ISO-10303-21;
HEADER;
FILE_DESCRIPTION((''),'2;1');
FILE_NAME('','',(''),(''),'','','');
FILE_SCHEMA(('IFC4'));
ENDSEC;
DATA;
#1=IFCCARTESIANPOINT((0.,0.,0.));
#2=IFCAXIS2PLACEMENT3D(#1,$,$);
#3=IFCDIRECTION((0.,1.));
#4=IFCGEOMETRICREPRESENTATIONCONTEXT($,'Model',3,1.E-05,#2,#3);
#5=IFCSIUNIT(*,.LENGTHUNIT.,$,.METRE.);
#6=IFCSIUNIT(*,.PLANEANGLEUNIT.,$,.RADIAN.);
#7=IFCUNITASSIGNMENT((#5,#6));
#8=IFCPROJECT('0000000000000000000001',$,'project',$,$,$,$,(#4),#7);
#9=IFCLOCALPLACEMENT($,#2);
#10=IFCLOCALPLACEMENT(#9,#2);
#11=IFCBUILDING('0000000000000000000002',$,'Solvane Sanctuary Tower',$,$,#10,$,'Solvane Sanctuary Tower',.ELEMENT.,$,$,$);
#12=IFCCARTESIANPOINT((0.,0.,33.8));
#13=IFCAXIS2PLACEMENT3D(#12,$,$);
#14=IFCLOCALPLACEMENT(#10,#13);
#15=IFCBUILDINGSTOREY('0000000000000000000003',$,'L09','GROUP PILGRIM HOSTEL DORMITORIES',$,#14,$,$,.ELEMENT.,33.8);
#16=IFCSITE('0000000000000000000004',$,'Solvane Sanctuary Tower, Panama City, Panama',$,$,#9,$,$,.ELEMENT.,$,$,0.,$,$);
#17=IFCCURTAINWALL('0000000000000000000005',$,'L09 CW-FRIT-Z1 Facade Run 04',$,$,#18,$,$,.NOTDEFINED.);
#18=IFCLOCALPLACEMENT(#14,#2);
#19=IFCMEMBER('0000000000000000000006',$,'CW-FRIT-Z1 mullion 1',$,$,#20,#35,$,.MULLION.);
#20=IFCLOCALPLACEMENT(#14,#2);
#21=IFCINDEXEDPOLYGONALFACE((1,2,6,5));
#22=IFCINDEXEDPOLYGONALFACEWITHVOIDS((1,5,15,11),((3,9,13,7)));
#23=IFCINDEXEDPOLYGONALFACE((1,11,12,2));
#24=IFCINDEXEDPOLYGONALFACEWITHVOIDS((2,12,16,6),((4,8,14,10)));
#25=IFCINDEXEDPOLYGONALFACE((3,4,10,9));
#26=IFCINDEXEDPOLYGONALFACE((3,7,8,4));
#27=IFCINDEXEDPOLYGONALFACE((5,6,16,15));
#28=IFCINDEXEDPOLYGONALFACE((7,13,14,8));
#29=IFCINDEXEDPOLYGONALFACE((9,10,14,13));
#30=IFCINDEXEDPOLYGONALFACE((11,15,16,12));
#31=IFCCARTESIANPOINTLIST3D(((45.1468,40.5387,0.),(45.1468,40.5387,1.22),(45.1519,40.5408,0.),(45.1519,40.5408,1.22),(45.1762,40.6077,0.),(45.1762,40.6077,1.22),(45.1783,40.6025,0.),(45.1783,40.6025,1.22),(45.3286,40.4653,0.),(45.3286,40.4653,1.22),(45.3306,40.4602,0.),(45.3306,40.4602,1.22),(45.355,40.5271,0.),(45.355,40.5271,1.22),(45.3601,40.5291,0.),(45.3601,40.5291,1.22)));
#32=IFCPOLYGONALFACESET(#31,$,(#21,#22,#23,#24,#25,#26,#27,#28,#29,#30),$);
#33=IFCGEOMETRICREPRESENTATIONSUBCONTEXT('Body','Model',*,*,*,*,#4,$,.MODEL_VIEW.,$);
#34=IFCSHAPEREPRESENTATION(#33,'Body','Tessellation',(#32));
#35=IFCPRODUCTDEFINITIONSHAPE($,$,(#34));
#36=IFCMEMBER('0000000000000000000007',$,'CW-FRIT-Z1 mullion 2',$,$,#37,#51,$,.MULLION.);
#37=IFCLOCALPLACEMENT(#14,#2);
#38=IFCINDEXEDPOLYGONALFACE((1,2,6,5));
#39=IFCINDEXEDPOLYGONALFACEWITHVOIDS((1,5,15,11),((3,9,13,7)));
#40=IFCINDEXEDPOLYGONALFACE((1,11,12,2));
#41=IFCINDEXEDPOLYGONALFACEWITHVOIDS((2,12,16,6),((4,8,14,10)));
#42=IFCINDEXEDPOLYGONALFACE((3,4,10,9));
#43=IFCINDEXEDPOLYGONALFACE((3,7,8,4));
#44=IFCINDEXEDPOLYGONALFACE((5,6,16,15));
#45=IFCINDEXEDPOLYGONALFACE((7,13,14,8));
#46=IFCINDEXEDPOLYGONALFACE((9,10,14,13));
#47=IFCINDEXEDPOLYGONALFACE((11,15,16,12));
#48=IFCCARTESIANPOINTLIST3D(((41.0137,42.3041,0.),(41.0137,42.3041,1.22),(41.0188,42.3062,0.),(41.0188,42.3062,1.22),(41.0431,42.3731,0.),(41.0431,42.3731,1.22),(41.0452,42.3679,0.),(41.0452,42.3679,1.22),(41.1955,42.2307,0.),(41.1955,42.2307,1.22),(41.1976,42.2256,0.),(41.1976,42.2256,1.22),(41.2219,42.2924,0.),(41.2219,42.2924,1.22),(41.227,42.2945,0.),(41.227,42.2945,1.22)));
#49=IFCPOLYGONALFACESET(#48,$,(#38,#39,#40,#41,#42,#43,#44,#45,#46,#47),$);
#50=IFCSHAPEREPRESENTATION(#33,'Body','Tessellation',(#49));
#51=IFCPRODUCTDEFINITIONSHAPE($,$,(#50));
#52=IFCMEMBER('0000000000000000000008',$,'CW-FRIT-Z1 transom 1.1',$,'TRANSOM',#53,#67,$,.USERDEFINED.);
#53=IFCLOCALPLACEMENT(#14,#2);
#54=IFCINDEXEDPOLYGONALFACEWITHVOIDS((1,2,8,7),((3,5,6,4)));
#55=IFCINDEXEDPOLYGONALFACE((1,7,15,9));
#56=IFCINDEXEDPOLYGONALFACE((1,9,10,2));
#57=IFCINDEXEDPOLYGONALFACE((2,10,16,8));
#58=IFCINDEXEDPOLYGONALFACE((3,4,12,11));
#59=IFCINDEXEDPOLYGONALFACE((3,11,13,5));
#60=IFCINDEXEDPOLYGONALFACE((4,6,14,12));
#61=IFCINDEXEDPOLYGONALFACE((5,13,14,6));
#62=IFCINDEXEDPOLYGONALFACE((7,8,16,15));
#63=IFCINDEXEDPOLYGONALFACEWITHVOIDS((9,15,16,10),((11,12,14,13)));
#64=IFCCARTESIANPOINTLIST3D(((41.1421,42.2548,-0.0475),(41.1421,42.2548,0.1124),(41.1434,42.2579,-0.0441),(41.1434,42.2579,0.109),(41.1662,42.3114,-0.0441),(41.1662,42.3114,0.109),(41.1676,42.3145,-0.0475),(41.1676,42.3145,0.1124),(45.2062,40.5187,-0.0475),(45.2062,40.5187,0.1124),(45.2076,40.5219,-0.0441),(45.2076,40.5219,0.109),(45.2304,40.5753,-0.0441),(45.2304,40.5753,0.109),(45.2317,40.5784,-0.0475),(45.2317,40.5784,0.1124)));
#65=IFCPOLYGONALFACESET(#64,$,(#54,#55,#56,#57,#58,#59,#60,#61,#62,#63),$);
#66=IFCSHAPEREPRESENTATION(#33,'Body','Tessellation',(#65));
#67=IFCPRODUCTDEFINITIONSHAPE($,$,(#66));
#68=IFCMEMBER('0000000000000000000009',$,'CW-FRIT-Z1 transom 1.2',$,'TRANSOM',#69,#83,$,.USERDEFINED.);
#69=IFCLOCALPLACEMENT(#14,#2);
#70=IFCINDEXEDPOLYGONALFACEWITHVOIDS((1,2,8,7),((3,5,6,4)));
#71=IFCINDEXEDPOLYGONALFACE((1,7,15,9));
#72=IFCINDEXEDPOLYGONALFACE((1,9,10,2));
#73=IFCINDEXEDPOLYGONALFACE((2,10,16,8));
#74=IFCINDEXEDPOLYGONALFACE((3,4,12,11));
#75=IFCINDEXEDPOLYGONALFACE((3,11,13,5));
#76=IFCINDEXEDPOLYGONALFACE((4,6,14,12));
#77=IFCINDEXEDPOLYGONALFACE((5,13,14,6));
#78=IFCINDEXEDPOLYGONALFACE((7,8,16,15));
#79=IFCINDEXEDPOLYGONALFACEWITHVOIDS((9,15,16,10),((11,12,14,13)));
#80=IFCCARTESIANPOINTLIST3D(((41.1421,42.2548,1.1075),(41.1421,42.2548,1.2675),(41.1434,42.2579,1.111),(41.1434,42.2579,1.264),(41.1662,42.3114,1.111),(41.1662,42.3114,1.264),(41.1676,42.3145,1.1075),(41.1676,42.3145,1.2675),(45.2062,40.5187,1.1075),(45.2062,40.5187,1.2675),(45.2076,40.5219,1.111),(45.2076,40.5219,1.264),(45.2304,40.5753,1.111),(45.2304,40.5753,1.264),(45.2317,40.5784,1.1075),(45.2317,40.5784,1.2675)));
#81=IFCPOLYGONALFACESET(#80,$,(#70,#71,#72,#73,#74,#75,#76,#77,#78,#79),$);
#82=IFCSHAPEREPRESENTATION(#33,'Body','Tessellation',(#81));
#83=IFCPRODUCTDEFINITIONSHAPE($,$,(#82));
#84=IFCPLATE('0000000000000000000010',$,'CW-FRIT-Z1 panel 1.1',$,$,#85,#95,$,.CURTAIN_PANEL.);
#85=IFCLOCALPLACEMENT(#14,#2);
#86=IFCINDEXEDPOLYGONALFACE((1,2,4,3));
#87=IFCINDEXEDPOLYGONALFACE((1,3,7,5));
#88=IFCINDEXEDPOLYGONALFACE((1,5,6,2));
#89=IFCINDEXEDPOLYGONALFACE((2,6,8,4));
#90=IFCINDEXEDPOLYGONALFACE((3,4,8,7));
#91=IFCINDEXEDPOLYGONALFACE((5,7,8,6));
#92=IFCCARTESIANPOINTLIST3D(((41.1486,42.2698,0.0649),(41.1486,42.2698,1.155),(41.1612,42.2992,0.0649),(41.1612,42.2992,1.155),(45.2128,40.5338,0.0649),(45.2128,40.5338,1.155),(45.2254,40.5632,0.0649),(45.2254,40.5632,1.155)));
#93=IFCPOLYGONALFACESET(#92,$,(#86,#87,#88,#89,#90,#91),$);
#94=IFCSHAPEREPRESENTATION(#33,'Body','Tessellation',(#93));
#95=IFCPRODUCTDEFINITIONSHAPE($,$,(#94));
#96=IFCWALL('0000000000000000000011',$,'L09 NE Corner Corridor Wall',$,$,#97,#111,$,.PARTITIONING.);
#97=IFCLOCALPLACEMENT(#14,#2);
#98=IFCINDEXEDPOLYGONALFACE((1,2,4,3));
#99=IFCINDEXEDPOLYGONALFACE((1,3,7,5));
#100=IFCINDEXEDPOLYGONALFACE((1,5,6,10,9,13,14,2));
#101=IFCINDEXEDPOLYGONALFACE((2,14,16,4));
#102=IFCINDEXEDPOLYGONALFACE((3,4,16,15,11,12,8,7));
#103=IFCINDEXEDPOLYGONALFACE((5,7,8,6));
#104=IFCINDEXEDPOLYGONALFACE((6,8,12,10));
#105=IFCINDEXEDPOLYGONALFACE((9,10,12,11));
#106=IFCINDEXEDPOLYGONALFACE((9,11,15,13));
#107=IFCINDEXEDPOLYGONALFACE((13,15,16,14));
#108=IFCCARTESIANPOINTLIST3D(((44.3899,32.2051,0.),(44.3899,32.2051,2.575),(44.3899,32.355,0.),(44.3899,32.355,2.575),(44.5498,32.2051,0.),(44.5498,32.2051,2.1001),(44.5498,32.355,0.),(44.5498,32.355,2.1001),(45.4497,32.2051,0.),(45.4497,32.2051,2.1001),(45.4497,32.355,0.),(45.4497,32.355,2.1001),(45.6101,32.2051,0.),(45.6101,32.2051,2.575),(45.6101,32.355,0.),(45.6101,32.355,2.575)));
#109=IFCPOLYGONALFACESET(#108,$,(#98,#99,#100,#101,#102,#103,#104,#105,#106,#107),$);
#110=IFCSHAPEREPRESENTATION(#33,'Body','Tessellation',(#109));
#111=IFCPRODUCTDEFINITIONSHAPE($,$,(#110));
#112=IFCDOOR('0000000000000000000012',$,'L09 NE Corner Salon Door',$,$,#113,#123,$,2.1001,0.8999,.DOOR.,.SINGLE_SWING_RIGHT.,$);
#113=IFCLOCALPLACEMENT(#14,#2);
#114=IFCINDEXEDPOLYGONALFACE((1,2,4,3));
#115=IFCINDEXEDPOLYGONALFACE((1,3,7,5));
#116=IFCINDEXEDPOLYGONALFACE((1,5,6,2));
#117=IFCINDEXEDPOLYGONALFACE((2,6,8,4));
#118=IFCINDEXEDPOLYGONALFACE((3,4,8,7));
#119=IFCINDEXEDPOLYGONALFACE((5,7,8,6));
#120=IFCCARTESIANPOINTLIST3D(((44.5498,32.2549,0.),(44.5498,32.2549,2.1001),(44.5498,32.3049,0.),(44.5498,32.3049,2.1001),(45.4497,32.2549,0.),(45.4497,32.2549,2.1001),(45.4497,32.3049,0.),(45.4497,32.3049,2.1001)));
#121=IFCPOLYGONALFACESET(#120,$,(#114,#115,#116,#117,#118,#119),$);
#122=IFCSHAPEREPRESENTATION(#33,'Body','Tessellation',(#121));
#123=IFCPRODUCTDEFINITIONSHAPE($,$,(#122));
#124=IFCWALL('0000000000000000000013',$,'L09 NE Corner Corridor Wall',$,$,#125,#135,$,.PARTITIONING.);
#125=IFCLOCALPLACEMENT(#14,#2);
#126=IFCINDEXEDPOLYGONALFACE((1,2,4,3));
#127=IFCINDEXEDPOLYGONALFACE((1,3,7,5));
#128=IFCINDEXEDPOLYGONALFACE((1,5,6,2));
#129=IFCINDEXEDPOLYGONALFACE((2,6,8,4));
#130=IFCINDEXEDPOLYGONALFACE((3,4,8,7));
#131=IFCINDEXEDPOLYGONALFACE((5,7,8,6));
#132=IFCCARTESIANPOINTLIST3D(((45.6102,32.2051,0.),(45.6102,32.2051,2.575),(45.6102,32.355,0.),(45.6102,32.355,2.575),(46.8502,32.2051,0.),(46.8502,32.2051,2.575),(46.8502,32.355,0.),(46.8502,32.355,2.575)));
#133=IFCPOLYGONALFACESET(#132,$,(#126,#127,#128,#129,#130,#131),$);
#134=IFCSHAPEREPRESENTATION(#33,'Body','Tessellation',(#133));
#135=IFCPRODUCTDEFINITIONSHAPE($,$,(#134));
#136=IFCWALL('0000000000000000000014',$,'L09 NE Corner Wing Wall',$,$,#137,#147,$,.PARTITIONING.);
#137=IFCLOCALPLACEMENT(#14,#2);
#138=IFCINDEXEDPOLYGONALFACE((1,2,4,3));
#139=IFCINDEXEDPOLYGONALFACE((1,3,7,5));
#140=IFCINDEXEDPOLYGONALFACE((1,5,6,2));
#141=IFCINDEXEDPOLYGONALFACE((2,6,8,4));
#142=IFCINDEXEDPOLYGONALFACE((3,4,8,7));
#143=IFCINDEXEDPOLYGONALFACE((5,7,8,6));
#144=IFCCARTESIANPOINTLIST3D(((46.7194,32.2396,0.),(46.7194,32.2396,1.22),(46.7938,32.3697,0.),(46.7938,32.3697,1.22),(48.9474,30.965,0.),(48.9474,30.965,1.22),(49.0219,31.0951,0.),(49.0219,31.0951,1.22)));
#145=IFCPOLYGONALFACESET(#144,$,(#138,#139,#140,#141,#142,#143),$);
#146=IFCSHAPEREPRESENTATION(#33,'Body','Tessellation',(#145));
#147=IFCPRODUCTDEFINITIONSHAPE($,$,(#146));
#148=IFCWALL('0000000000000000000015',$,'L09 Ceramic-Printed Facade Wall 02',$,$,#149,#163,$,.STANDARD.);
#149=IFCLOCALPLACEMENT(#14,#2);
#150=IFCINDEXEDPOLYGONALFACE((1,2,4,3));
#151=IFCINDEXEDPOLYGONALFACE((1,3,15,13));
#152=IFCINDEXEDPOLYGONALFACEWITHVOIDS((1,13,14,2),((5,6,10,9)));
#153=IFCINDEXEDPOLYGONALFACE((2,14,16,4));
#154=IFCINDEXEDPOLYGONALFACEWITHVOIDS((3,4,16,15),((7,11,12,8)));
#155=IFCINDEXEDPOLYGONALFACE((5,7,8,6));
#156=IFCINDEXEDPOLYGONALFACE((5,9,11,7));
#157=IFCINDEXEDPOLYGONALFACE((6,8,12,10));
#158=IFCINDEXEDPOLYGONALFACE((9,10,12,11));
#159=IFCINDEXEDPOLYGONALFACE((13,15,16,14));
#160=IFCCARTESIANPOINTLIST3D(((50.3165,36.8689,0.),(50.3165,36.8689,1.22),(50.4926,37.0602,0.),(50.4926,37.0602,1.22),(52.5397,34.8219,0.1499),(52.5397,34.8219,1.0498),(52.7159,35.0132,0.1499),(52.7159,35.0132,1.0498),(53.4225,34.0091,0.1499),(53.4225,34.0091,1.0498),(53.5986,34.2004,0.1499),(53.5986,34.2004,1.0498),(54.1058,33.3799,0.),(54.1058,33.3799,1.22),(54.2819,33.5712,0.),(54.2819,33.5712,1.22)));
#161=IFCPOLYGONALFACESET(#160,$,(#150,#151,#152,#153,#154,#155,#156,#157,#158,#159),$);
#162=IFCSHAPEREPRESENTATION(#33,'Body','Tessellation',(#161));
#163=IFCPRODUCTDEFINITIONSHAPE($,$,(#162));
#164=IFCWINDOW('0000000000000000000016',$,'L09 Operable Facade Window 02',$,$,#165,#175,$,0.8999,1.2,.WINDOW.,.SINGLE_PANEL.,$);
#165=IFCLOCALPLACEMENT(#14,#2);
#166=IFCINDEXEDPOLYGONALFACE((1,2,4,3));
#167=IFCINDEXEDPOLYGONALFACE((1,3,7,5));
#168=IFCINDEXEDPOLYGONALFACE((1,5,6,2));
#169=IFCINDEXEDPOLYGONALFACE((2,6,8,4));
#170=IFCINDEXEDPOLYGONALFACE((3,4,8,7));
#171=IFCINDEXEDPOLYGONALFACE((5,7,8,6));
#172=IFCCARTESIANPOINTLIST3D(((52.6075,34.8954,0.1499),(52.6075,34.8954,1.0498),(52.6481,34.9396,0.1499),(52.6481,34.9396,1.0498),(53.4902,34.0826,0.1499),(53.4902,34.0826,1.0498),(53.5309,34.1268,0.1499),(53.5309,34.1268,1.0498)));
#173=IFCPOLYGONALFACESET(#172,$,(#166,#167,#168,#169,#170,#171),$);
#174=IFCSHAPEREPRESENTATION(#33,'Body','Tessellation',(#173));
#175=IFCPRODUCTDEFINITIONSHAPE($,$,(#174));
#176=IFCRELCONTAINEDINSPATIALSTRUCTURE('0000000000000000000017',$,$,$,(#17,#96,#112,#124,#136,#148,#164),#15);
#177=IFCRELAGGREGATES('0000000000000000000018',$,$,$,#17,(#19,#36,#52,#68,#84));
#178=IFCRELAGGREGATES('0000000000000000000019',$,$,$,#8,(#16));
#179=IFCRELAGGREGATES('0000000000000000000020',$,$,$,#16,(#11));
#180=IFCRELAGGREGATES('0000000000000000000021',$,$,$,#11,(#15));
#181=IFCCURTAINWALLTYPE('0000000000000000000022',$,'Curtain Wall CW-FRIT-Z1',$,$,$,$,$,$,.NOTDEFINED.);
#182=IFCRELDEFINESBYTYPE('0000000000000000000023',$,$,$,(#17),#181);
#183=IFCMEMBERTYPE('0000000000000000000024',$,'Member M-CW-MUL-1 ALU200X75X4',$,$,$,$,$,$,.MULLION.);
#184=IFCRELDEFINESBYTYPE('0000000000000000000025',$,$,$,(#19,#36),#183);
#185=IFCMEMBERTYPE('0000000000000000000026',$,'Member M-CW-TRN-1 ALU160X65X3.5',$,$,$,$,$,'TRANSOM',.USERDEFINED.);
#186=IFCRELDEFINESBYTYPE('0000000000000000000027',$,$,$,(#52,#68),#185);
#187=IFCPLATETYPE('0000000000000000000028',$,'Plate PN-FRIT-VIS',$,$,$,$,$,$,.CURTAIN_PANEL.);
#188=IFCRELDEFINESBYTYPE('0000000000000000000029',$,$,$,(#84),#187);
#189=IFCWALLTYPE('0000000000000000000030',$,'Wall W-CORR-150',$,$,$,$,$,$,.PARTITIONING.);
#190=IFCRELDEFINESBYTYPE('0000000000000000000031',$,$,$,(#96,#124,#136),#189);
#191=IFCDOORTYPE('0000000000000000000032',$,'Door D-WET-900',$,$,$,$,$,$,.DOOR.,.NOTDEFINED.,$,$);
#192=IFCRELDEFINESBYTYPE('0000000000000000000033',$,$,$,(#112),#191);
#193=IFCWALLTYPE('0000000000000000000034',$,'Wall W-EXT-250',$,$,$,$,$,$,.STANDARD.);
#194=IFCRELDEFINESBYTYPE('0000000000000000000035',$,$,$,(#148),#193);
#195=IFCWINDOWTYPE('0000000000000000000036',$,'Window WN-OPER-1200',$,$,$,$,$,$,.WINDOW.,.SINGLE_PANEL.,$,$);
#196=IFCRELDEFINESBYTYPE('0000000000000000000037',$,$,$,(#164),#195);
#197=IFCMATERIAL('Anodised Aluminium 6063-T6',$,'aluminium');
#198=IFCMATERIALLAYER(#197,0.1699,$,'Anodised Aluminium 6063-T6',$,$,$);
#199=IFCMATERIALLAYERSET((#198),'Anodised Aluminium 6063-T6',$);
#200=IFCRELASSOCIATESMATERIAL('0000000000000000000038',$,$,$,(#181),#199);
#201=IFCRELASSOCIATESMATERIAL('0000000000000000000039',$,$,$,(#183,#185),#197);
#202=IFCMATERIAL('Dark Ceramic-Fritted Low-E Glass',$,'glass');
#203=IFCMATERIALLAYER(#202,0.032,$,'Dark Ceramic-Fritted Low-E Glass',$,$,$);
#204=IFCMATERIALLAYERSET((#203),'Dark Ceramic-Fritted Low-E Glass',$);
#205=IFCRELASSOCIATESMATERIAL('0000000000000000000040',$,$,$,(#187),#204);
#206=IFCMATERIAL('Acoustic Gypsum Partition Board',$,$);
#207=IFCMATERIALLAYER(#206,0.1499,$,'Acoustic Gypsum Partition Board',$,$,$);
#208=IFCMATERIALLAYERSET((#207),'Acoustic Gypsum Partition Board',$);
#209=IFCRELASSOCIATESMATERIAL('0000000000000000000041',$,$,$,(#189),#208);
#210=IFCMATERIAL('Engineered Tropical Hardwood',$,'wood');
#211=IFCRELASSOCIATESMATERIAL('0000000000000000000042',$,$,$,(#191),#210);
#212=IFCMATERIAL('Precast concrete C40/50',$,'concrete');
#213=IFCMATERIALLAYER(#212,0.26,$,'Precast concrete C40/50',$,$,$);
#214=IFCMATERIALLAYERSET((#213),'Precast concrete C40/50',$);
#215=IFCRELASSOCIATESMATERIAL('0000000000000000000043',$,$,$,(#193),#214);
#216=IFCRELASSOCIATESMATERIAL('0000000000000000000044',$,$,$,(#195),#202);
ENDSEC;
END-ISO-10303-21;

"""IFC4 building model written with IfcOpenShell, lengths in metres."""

from ifc_helpers import new_model, si_unit, direction, frame, frame_2d, origin, origin_2d, place, context, subcontext, project, spatial, rectangle, hollow_rectangle, extrude, material, layer, layer_set, material_profile, profile_set, type_object, element, fill, aggregate, save


model = new_model("IFC4")

# Units and contexts
model_context = context("Model", 3, precision=1e-05, world=origin(), true_north=direction((0.0, 1.0)))
body_context = subcontext(model_context, "Body", "Model", "MODEL_VIEW")
ifc_project = project(units=[si_unit("LENGTHUNIT", "METRE"), si_unit("PLANEANGLEUNIT", "RADIAN")], contexts=[model_context])

# Site, building, storey
site_placement = place(None, origin())
site = spatial("IfcSite", under=ifc_project, at=site_placement, Name="Solvane Sanctuary Tower, Panama City, Panama", CompositionType="ELEMENT", RefElevation=0.0)
building_placement = place(site_placement, origin())
building = spatial("IfcBuilding", under=site, at=building_placement, Name="Solvane Sanctuary Tower", LongName="Solvane Sanctuary Tower", CompositionType="ELEMENT")
storey_placement = place(building_placement, frame((0.0, 0.0, 33.8)))
storey = spatial("IfcBuildingStorey", under=building, at=storey_placement, Name="L09", Description="GROUP PILGRIM HOSTEL DORMITORIES", CompositionType="ELEMENT", Elevation=33.8)

# Curtain wall, members, plate
ifc_material_1 = material(Name="Anodised Aluminium 6063-T6", Category="aluminium")
ifc_layer_1 = layer(ifc_material_1, 0.1699, Name="Anodised Aluminium 6063-T6")
ifc_layer_set_1 = layer_set([ifc_layer_1], Name="Anodised Aluminium 6063-T6")
curtain_wall_type = type_object("IfcCurtainWallType", Name="Curtain Wall CW-FRIT-Z1", PredefinedType="NOTDEFINED", material=ifc_layer_set_1)
curtain_wall_placement = place(storey_placement, origin())
curtain_wall = element("IfcCurtainWall", 1, at=curtain_wall_placement, inside=storey, type_object=curtain_wall_type, Name="L09 CW-FRIT-Z1 Facade Run 04", PredefinedType="NOTDEFINED")
ifc_material_profile_1 = material_profile(ifc_material_1, hollow_rectangle(XDim=0.075, YDim=0.2, WallThickness=0.0039, at=origin_2d()), Name="ALU200X75X4")
ifc_profile_set_1 = profile_set([ifc_material_profile_1], Name="Anodised Aluminium 6063-T6")
member_type_1 = type_object("IfcMemberType", Name="Member M-CW-MUL-1 ALU200X75X4", PredefinedType="MULLION", material=ifc_profile_set_1)
member_1_placement = place(storey_placement, frame((45.2534, 40.5339, 0.0), z_axis=(0.0, 0.0, 1.0), x_axis=(-0.39282, -0.919615, 0.0)))
member_1 = element("IfcMember", 2, at=member_1_placement, type_object=member_type_1, Name="CW-FRIT-Z1 mullion 1", PredefinedType="MULLION", context=body_context, shape_type="SweptSolid", body=[
    extrude(hollow_rectangle(XDim=0.075, YDim=0.2, WallThickness=0.0039, at=origin_2d()), origin(), (0.0, 0.0, 1.0), 1.22),
])
member_2_placement = place(storey_placement, frame((41.1204, 42.2993, 0.0), z_axis=(0.0, 0.0, 1.0), x_axis=(-0.39282, -0.919615, 0.0)))
member_2 = element("IfcMember", 3, at=member_2_placement, type_object=member_type_1, Name="CW-FRIT-Z1 mullion 2", PredefinedType="MULLION", context=body_context, shape_type="SweptSolid", body=[
    extrude(hollow_rectangle(XDim=0.075, YDim=0.2, WallThickness=0.0039, at=origin_2d()), origin(), (0.0, 0.0, 1.0), 1.22),
])
ifc_material_profile_2 = material_profile(ifc_material_1, hollow_rectangle(XDim=0.0649, YDim=0.1599, WallThickness=0.0034, at=origin_2d()), Name="ALU160X65X3.5")
ifc_profile_set_2 = profile_set([ifc_material_profile_2], Name="Anodised Aluminium 6063-T6")
member_type_2 = type_object("IfcMemberType", Name="Member M-CW-TRN-1 ALU160X65X3.5", ElementType="TRANSOM", PredefinedType="USERDEFINED", material=ifc_profile_set_2)
member_3_placement = place(storey_placement, frame((45.219, 40.5486, 0.0325), z_axis=(-0.919613, 0.392826, 0.0), x_axis=(-0.392826, -0.919613, 0.0)))
member_3 = element("IfcMember", 4, at=member_3_placement, type_object=member_type_2, Name="CW-FRIT-Z1 transom 1.1", ObjectType="TRANSOM", PredefinedType="USERDEFINED", context=body_context, shape_type="SweptSolid", body=[
    extrude(hollow_rectangle(XDim=0.0649, YDim=0.1599, WallThickness=0.0034, at=origin_2d()), origin(), (0.0, 0.0, 1.0), 4.4194),
])
member_4_placement = place(storey_placement, frame((45.219, 40.5486, 1.1875), z_axis=(-0.919613, 0.392826, 0.0), x_axis=(-0.392826, -0.919613, 0.0)))
member_4 = element("IfcMember", 5, at=member_4_placement, type_object=member_type_2, Name="CW-FRIT-Z1 transom 1.2", ObjectType="TRANSOM", PredefinedType="USERDEFINED", context=body_context, shape_type="SweptSolid", body=[
    extrude(hollow_rectangle(XDim=0.0649, YDim=0.1599, WallThickness=0.0034, at=origin_2d()), origin(), (0.0, 0.0, 1.0), 4.4194),
])
ifc_material_2 = material(Name="Dark Ceramic-Fritted Low-E Glass", Category="glass")
ifc_layer_2 = layer(ifc_material_2, 0.032, Name="Dark Ceramic-Fritted Low-E Glass")
ifc_layer_set_2 = layer_set([ifc_layer_2], Name="Dark Ceramic-Fritted Low-E Glass")
plate_type = type_object("IfcPlateType", Name="Plate PN-FRIT-VIS", PredefinedType="CURTAIN_PANEL", material=ifc_layer_set_2)
plate_placement = place(storey_placement, frame((43.187, 41.4165, 0.0649), z_axis=(0.0, 0.0, 1.0), x_axis=(-0.919615, 0.39282, 0.0)))
plate = element("IfcPlate", 6, at=plate_placement, type_object=plate_type, Name="CW-FRIT-Z1 panel 1.1", PredefinedType="CURTAIN_PANEL", context=body_context, shape_type="SweptSolid", body=[
    extrude(rectangle(XDim=4.4194, YDim=0.032, at=origin_2d()), origin(), (0.0, 0.0, 1.0), 1.0901),
])
aggregate(curtain_wall, [member_1, member_2, member_3, member_4, plate])

# Wall, opening, door
ifc_material_3 = material(Name="Acoustic Gypsum Partition Board")
ifc_layer_3 = layer(ifc_material_3, 0.1499, Name="Acoustic Gypsum Partition Board")
ifc_layer_set_3 = layer_set([ifc_layer_3], Name="Acoustic Gypsum Partition Board")
wall_type_1 = type_object("IfcWallType", Name="Wall W-CORR-150", PredefinedType="PARTITIONING", material=ifc_layer_set_3)
wall_1_placement = place(storey_placement, frame((44.3899, 32.28, 0.0), z_axis=(0.0, 0.0, 1.0), x_axis=(1.0, 0.0, 0.0)))
wall_1 = element("IfcWall", 7, at=wall_1_placement, inside=storey, type_object=wall_type_1, Name="L09 NE Corner Corridor Wall", PredefinedType="PARTITIONING", context=body_context, shape_type="SweptSolid", body=[
    extrude(rectangle(XDim=1.2202, YDim=0.1499, at=frame_2d((0.6101, 0.0))), origin(), (0.0, 0.0, 1.0), 2.575),
])
opening_1_placement = place(wall_1_placement, frame((0.1599, 0.0, 0.0)))
opening_1 = element("IfcOpeningElement", 8, at=opening_1_placement, cuts=wall_1, PredefinedType="OPENING", context=body_context, shape_type="SweptSolid", body=[
    extrude(rectangle(XDim=0.8999, YDim=2.1001, at=frame_2d((0.45, 1.05))), frame((0.0, 0.085, 0.0), z_axis=(0.0, -1.0, 0.0), x_axis=(1.0, 0.0, 0.0)), (0.0, 0.0, 1.0), 0.1699),
])
ifc_material_4 = material(Name="Engineered Tropical Hardwood", Category="wood")
door_type_1 = type_object("IfcDoorType", Name="Door D-WET-900", OperationType="NOTDEFINED", PredefinedType="DOOR", material=ifc_material_4)
door_1_placement = place(opening_1_placement, origin())
door_1 = element("IfcDoor", 9, at=door_1_placement, inside=storey, type_object=door_type_1, Name="L09 NE Corner Salon Door", OperationType="SINGLE_SWING_RIGHT", OverallHeight=2.1001, OverallWidth=0.8999, PredefinedType="DOOR", context=body_context, shape_type="SweptSolid", body=[
    extrude(rectangle(XDim=0.8999, YDim=2.1001, at=frame_2d((0.45, 1.05))), frame((0.0, 0.0249, 0.0), z_axis=(0.0, -1.0, 0.0), x_axis=(1.0, 0.0, 0.0)), (0.0, 0.0, 1.0), 0.05),
])
fill(opening_1, door_1)

# Walls
wall_2_placement = place(storey_placement, frame((45.6101, 32.28, 0.0), z_axis=(0.0, 0.0, 1.0), x_axis=(1.0, 0.0, 0.0)))
element("IfcWall", 10, at=wall_2_placement, inside=storey, type_object=wall_type_1, Name="L09 NE Corner Corridor Wall", PredefinedType="PARTITIONING", context=body_context, shape_type="SweptSolid", body=[
    extrude(rectangle(XDim=1.24, YDim=0.1499, at=frame_2d((0.6201, 0.0))), origin(), (0.0, 0.0, 1.0), 2.575),
])
wall_3_placement = place(storey_placement, frame((46.7566, 32.3047, 0.0), z_axis=(0.0, 0.0, 1.0), x_axis=(0.867991, -0.496579, 0.0)))
element("IfcWall", 11, at=wall_3_placement, inside=storey, type_object=wall_type_1, Name="L09 NE Corner Wing Wall", PredefinedType="PARTITIONING", context=body_context, shape_type="SweptSolid", body=[
    extrude(rectangle(XDim=2.5669, YDim=0.1499, at=frame_2d((1.2834, 0.0))), origin(), (0.0, 0.0, 1.0), 1.22),
])

# Wall, opening, window
ifc_material_5 = material(Name="Precast concrete C40/50", Category="concrete")
ifc_layer_4 = layer(ifc_material_5, 0.26, Name="Precast concrete C40/50")
ifc_layer_set_4 = layer_set([ifc_layer_4], Name="Precast concrete C40/50")
wall_type_2 = type_object("IfcWallType", Name="Wall W-EXT-250", PredefinedType="STANDARD", material=ifc_layer_set_4)
wall_4_placement = place(storey_placement, frame((54.1938, 33.4756, 0.0), z_axis=(0.0, 0.0, 1.0), x_axis=(-0.735655, 0.677356, 0.0)))
wall_4 = element("IfcWall", 12, at=wall_4_placement, inside=storey, type_object=wall_type_2, Name="L09 Ceramic-Printed Facade Wall 02", PredefinedType="STANDARD", context=body_context, shape_type="SweptSolid", body=[
    extrude(rectangle(XDim=5.1509, YDim=0.26, at=frame_2d((2.5754, 0.0))), origin(), (0.0, 0.0, 1.0), 1.22),
])
opening_2_placement = place(wall_4_placement, frame((0.9287, 0.0, 0.1499)))
opening_2 = element("IfcOpeningElement", 13, at=opening_2_placement, cuts=wall_4, PredefinedType="OPENING", context=body_context, shape_type="SweptSolid", body=[
    extrude(rectangle(XDim=1.2, YDim=0.8999, at=frame_2d((0.6001, 0.45))), frame((0.0, 0.1399, 0.0), z_axis=(0.0, -1.0, 0.0), x_axis=(1.0, 0.0, 0.0)), (0.0, 0.0, 1.0), 0.28),
])
window_type = type_object("IfcWindowType", Name="Window WN-OPER-1200", PartitioningType="SINGLE_PANEL", PredefinedType="WINDOW", material=ifc_material_2)
window_1_placement = place(opening_2_placement, origin())
window_1 = element("IfcWindow", 14, at=window_1_placement, inside=storey, type_object=window_type, Name="L09 Operable Facade Window 02", OverallHeight=0.8999, OverallWidth=1.2, PartitioningType="SINGLE_PANEL", PredefinedType="WINDOW", context=body_context, shape_type="SweptSolid", body=[
    extrude(rectangle(XDim=1.2, YDim=0.8999, at=frame_2d((0.6001, 0.45))), frame((0.0, 0.03, 0.0), z_axis=(0.0, -1.0, 0.0), x_axis=(1.0, 0.0, 0.0)), (0.0, 0.0, 1.0), 0.0601),
])
fill(opening_2, window_1)

save(model, "model.ifc")
